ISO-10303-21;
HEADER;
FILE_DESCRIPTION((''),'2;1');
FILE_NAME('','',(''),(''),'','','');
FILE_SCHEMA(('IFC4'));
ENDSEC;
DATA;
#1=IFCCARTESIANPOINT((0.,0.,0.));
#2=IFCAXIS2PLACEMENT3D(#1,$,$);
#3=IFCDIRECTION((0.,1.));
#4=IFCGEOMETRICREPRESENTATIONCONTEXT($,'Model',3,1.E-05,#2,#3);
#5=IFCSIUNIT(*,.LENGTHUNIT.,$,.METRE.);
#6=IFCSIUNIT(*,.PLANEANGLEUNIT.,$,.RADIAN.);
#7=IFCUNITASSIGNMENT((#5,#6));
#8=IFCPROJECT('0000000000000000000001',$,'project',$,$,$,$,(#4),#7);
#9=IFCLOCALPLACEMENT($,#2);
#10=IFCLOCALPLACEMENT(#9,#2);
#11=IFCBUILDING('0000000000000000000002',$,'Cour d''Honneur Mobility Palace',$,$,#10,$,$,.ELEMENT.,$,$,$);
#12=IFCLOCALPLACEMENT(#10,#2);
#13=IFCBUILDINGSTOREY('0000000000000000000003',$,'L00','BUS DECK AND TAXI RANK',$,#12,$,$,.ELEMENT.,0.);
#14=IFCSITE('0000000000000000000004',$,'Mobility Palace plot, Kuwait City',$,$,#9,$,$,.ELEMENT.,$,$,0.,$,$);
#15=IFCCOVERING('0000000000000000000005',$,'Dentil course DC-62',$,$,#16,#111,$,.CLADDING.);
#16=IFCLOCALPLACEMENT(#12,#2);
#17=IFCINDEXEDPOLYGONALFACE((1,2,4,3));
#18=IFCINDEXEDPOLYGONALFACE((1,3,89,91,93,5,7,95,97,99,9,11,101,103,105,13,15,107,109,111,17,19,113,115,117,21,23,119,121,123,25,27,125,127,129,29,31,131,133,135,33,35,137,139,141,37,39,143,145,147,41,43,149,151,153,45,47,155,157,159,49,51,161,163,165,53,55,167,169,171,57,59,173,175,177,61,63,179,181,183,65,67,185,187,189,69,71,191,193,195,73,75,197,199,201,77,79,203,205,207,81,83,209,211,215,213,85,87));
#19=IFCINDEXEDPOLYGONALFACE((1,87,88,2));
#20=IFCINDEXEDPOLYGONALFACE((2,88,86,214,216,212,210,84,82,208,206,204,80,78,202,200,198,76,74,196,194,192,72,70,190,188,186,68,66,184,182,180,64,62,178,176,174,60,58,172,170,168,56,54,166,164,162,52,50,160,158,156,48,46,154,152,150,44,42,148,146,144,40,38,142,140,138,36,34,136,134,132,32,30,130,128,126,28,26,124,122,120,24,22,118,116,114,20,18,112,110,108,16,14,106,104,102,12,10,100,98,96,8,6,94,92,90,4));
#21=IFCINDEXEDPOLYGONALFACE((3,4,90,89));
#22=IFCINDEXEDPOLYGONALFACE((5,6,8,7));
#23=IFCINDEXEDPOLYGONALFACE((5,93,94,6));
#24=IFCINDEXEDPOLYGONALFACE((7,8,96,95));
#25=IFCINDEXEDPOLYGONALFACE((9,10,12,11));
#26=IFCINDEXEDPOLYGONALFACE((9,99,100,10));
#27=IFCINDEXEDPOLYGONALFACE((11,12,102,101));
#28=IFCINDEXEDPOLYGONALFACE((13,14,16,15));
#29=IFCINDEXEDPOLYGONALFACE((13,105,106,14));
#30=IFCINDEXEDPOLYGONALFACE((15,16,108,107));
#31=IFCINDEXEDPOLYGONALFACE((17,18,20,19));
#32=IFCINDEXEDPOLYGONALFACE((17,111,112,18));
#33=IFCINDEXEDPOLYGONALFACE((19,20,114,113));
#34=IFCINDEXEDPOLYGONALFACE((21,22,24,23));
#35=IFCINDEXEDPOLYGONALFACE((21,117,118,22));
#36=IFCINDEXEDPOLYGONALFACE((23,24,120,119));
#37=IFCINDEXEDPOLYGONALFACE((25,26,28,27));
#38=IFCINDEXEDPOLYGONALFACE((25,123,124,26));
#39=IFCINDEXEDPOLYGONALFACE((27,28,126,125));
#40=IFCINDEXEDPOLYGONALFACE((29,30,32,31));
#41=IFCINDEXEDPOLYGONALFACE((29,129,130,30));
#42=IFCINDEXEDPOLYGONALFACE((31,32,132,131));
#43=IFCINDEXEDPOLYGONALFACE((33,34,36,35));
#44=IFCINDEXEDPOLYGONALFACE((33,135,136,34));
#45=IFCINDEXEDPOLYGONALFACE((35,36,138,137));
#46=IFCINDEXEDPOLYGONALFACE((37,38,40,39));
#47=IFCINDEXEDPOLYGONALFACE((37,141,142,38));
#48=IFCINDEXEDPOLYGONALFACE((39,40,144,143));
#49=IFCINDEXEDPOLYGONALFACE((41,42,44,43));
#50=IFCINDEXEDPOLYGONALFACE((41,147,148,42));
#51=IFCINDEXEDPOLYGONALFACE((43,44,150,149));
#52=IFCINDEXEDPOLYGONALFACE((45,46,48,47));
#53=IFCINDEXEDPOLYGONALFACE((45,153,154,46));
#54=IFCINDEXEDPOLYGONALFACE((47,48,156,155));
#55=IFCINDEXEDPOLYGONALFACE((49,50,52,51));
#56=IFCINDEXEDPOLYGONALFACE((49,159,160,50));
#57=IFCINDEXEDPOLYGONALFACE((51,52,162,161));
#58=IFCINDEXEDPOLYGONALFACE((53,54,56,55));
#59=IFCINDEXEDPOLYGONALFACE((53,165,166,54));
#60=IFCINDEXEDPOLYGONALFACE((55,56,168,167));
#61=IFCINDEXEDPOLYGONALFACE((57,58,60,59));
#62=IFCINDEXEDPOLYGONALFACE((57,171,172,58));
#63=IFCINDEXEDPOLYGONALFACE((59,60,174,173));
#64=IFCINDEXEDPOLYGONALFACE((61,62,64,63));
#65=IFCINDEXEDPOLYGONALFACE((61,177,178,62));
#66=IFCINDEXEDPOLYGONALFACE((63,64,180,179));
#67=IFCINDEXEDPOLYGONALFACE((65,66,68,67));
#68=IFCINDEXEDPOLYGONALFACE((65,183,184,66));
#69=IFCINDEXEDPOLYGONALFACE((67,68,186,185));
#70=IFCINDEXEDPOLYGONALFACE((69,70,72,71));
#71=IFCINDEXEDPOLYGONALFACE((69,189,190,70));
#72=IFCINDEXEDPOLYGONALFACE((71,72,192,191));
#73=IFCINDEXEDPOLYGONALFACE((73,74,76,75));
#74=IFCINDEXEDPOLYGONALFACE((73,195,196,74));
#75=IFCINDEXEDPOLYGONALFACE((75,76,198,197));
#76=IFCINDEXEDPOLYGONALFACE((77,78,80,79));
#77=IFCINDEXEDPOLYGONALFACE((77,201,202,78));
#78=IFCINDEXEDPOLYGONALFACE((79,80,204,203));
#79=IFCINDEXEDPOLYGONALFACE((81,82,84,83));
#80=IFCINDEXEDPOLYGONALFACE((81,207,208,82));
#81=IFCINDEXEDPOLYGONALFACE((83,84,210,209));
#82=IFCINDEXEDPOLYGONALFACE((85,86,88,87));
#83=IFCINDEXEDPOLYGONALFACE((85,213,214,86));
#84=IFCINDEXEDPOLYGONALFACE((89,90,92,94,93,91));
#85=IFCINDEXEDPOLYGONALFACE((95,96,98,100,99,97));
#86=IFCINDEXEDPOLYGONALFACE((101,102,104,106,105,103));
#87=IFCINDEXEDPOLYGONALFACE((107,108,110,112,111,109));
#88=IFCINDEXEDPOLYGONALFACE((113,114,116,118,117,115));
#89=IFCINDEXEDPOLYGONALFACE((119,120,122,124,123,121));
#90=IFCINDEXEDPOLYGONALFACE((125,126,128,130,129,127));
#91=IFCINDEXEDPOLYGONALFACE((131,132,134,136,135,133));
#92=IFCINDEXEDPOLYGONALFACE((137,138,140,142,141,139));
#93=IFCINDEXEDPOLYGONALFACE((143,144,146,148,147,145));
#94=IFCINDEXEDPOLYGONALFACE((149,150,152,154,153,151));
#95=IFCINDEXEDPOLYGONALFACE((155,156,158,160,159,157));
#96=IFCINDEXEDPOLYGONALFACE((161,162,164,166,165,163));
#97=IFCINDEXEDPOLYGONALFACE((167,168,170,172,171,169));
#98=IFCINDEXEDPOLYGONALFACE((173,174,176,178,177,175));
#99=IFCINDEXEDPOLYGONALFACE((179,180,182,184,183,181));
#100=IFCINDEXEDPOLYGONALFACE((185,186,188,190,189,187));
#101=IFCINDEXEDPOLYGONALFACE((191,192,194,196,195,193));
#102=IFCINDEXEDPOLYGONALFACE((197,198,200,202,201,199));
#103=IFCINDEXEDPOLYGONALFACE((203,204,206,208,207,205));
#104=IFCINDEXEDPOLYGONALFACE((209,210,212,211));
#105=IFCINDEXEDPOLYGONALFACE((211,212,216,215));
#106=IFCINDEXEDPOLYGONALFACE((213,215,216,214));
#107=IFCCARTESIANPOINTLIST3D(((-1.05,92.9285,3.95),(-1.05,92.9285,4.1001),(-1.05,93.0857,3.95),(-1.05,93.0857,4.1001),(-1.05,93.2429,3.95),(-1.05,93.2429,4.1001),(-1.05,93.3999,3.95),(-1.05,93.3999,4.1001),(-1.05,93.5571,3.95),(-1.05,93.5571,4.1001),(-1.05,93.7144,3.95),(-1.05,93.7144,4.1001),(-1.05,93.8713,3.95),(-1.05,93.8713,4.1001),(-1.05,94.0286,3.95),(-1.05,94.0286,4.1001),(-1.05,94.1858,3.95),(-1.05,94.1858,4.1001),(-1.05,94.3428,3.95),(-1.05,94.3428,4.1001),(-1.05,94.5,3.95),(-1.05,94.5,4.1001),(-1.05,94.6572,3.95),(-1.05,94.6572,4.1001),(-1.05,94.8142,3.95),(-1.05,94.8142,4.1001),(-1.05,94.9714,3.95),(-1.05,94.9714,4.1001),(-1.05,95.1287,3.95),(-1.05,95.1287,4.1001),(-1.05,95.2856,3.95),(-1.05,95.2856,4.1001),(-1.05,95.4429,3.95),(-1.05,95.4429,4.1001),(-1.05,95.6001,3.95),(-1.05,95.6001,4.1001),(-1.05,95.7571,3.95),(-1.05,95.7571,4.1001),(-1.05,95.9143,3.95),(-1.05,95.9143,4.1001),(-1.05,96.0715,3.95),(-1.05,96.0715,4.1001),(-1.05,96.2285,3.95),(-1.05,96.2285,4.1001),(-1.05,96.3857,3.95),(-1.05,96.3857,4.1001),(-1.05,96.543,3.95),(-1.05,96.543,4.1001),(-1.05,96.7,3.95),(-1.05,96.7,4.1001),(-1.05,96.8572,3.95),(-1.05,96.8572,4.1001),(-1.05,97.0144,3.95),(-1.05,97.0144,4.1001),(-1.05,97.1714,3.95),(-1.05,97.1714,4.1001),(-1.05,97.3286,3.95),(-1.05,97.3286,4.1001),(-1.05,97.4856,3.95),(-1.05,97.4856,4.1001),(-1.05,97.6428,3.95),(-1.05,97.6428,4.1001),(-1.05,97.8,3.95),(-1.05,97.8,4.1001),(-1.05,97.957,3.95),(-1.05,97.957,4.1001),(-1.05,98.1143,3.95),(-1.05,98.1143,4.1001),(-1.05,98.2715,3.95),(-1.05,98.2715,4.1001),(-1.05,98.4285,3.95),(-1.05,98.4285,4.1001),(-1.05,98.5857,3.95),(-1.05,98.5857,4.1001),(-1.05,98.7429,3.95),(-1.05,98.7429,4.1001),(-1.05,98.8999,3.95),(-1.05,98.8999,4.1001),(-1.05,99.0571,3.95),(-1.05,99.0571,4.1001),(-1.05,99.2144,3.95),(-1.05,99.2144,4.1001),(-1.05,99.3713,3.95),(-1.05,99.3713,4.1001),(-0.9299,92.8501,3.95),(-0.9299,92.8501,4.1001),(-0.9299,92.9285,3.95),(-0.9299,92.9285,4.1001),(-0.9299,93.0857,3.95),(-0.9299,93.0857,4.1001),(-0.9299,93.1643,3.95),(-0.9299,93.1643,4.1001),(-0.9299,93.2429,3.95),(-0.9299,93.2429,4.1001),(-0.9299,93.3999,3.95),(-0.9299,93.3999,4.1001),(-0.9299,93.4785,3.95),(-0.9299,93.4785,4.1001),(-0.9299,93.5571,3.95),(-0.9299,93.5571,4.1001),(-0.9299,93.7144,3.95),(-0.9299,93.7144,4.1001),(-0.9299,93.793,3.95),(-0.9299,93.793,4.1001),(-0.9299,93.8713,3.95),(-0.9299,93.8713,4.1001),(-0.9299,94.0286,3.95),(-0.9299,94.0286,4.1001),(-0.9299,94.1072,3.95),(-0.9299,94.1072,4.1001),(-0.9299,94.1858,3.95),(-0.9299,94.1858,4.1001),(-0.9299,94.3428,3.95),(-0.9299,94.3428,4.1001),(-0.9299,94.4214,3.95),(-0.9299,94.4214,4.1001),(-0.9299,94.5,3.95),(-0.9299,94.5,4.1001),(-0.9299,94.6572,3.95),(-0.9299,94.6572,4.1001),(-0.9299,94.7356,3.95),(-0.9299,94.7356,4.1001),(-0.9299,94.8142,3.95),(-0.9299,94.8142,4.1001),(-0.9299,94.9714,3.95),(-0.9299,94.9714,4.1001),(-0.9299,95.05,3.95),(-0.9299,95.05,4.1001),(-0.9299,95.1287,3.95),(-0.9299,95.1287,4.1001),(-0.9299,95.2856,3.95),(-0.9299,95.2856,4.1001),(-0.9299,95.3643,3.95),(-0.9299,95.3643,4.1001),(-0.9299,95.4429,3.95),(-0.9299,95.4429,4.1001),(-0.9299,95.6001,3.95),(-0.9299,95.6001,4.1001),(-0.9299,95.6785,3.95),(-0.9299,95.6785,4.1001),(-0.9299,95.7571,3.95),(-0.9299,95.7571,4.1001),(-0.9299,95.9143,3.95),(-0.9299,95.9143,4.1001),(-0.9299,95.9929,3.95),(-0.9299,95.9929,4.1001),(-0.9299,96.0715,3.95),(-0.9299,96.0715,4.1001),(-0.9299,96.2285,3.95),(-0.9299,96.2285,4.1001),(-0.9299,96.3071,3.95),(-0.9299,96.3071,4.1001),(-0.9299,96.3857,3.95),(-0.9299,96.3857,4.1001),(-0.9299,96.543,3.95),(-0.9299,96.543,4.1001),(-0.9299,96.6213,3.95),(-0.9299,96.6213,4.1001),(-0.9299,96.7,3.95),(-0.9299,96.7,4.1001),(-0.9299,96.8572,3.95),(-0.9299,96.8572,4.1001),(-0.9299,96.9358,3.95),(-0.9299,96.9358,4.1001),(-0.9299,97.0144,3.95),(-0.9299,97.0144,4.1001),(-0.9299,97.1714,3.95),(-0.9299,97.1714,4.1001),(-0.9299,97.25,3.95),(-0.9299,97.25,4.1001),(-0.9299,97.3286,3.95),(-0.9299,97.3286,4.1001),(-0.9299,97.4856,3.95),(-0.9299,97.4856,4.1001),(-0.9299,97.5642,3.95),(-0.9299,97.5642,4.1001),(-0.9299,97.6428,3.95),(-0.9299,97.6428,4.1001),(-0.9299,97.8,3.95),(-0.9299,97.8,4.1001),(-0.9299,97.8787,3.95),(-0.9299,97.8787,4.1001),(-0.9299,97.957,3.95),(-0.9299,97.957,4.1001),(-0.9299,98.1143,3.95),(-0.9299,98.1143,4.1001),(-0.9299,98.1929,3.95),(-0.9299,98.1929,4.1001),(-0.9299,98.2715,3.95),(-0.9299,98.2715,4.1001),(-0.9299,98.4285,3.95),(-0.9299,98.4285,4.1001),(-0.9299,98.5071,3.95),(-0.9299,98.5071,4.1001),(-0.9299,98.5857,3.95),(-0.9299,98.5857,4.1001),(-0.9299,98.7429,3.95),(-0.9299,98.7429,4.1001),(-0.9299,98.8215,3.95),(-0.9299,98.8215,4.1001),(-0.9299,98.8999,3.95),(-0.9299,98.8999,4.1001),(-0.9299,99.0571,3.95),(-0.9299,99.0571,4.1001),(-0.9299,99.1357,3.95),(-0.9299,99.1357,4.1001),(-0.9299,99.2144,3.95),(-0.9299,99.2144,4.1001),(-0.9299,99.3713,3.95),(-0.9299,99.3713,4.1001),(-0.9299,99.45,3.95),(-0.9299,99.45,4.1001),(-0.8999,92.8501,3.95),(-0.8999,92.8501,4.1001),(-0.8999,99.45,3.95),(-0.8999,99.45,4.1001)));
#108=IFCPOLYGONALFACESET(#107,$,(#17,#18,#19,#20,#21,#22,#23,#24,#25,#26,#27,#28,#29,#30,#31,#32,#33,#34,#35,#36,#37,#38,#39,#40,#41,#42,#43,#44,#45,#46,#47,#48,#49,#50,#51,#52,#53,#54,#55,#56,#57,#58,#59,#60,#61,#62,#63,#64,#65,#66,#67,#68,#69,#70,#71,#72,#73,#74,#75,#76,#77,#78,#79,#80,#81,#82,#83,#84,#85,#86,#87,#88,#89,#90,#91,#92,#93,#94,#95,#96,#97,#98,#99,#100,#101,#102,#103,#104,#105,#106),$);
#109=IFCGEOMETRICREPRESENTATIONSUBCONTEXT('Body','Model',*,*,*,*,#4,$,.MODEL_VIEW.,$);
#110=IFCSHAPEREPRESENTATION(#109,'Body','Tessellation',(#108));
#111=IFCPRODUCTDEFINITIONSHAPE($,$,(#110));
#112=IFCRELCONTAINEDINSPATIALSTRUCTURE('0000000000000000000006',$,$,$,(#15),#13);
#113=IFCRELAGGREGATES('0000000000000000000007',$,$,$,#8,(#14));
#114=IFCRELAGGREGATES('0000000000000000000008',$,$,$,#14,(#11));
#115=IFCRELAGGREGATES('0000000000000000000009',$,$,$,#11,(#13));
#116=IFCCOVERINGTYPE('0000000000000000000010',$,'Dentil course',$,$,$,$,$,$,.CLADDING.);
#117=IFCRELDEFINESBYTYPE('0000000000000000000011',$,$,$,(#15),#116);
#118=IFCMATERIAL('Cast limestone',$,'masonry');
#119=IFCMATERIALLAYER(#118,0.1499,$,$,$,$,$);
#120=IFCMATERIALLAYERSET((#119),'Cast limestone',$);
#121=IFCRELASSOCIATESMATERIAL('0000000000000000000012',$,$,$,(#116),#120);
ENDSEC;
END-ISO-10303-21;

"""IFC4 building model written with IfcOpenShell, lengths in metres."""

from ifc_helpers import new_model, si_unit, direction, frame, origin, place, context, subcontext, project, spatial, polyline, outline, extrude, material, layer, layer_set, type_object, element, save


model = new_model("IFC4")

# Units and contexts
model_context = context("Model", 3, precision=1e-05, world=origin(), true_north=direction((0.0, 1.0)))
body_context = subcontext(model_context, "Body", "Model", "MODEL_VIEW")
ifc_project = project(units=[si_unit("LENGTHUNIT", "METRE"), si_unit("PLANEANGLEUNIT", "RADIAN")], contexts=[model_context])

# Site, building, storey
site_placement = place(None, origin())
site = spatial("IfcSite", under=ifc_project, at=site_placement, Name="Mobility Palace plot, Kuwait City", CompositionType="ELEMENT", RefElevation=0.0)
building_placement = place(site_placement, origin())
building = spatial("IfcBuilding", under=site, at=building_placement, Name="Cour d'Honneur Mobility Palace", CompositionType="ELEMENT")
storey_placement = place(building_placement, origin())
storey = spatial("IfcBuildingStorey", under=building, at=storey_placement, Name="L00", Description="BUS DECK AND TAXI RANK", CompositionType="ELEMENT", Elevation=0.0)

# Covering
ifc_material = material(Name="Cast limestone", Category="masonry")
ifc_layer = layer(ifc_material, 0.1499)
ifc_layer_set = layer_set([ifc_layer], Name="Cast limestone")
covering_type = type_object("IfcCoveringType", Name="Dentil course", PredefinedType="CLADDING", material=ifc_layer_set)
covering_1_placement = place(storey_placement, frame((0.0, 0.0, 3.95)))
element("IfcCovering", 1, at=covering_1_placement, inside=storey, type_object=covering_type, Name="Dentil course DC-62", PredefinedType="CLADDING", context=body_context, shape_type="SweptSolid", body=[
    extrude(outline(polyline([(-0.8999, 99.45), (-0.8999, 92.8501), (-0.9299, 92.8501), (-0.9299, 92.8501), (-0.9299, 92.9285), (-1.05, 92.9285), (-1.05, 93.0857), (-0.9299, 93.0857), (-0.9299, 93.1643), (-0.9299, 93.1643), (-0.9299, 93.2429), (-1.05, 93.2429), (-1.05, 93.3999), (-0.9299, 93.3999), (-0.9299, 93.4785), (-0.9299, 93.4785), (-0.9299, 93.5571), (-1.05, 93.5571), (-1.05, 93.7144), (-0.9299, 93.7144), (-0.9299, 93.793), (-0.9299, 93.793), (-0.9299, 93.8713), (-1.05, 93.8713), (-1.05, 94.0286), (-0.9299, 94.0286), (-0.9299, 94.1072), (-0.9299, 94.1072), (-0.9299, 94.1858), (-1.05, 94.1858), (-1.05, 94.3428), (-0.9299, 94.3428), (-0.9299, 94.4214), (-0.9299, 94.4214), (-0.9299, 94.5), (-1.05, 94.5), (-1.05, 94.6572), (-0.9299, 94.6572), (-0.9299, 94.7356), (-0.9299, 94.7356), (-0.9299, 94.8142), (-1.05, 94.8142), (-1.05, 94.9714), (-0.9299, 94.9714), (-0.9299, 95.05), (-0.9299, 95.05), (-0.9299, 95.1287), (-1.05, 95.1287), (-1.05, 95.2856), (-0.9299, 95.2856), (-0.9299, 95.3643), (-0.9299, 95.3643), (-0.9299, 95.4429), (-1.05, 95.4429), (-1.05, 95.6001), (-0.9299, 95.6001), (-0.9299, 95.6785), (-0.9299, 95.6785), (-0.9299, 95.7571), (-1.05, 95.7571), (-1.05, 95.9143), (-0.9299, 95.9143), (-0.9299, 95.9929), (-0.9299, 95.9929), (-0.9299, 96.0715), (-1.05, 96.0715), (-1.05, 96.2285), (-0.9299, 96.2285), (-0.9299, 96.3071), (-0.9299, 96.3071), (-0.9299, 96.3857), (-1.05, 96.3857), (-1.05, 96.543), (-0.9299, 96.543), (-0.9299, 96.6213), (-0.9299, 96.6213), (-0.9299, 96.7), (-1.05, 96.7), (-1.05, 96.8572), (-0.9299, 96.8572), (-0.9299, 96.9358), (-0.9299, 96.9358), (-0.9299, 97.0144), (-1.05, 97.0144), (-1.05, 97.1714), (-0.9299, 97.1714), (-0.9299, 97.25), (-0.9299, 97.25), (-0.9299, 97.3286), (-1.05, 97.3286), (-1.05, 97.4856), (-0.9299, 97.4856), (-0.9299, 97.5642), (-0.9299, 97.5642), (-0.9299, 97.6428), (-1.05, 97.6428), (-1.05, 97.8), (-0.9299, 97.8), (-0.9299, 97.8787), (-0.9299, 97.8787), (-0.9299, 97.957), (-1.05, 97.957), (-1.05, 98.1143), (-0.9299, 98.1143), (-0.9299, 98.1929), (-0.9299, 98.1929), (-0.9299, 98.2715), (-1.05, 98.2715), (-1.05, 98.4285), (-0.9299, 98.4285), (-0.9299, 98.5071), (-0.9299, 98.5071), (-0.9299, 98.5857), (-1.05, 98.5857), (-1.05, 98.7429), (-0.9299, 98.7429), (-0.9299, 98.8215), (-0.9299, 98.8215), (-0.9299, 98.8999), (-1.05, 98.8999), (-1.05, 99.0571), (-0.9299, 99.0571), (-0.9299, 99.1357), (-0.9299, 99.1357), (-0.9299, 99.2144), (-1.05, 99.2144), (-1.05, 99.3713), (-0.9299, 99.3713), (-0.9299, 99.45), (-0.8999, 99.45)])), origin(), (0.0, 0.0, 1.0), 0.1501),
])

save(model, "model.ifc")
